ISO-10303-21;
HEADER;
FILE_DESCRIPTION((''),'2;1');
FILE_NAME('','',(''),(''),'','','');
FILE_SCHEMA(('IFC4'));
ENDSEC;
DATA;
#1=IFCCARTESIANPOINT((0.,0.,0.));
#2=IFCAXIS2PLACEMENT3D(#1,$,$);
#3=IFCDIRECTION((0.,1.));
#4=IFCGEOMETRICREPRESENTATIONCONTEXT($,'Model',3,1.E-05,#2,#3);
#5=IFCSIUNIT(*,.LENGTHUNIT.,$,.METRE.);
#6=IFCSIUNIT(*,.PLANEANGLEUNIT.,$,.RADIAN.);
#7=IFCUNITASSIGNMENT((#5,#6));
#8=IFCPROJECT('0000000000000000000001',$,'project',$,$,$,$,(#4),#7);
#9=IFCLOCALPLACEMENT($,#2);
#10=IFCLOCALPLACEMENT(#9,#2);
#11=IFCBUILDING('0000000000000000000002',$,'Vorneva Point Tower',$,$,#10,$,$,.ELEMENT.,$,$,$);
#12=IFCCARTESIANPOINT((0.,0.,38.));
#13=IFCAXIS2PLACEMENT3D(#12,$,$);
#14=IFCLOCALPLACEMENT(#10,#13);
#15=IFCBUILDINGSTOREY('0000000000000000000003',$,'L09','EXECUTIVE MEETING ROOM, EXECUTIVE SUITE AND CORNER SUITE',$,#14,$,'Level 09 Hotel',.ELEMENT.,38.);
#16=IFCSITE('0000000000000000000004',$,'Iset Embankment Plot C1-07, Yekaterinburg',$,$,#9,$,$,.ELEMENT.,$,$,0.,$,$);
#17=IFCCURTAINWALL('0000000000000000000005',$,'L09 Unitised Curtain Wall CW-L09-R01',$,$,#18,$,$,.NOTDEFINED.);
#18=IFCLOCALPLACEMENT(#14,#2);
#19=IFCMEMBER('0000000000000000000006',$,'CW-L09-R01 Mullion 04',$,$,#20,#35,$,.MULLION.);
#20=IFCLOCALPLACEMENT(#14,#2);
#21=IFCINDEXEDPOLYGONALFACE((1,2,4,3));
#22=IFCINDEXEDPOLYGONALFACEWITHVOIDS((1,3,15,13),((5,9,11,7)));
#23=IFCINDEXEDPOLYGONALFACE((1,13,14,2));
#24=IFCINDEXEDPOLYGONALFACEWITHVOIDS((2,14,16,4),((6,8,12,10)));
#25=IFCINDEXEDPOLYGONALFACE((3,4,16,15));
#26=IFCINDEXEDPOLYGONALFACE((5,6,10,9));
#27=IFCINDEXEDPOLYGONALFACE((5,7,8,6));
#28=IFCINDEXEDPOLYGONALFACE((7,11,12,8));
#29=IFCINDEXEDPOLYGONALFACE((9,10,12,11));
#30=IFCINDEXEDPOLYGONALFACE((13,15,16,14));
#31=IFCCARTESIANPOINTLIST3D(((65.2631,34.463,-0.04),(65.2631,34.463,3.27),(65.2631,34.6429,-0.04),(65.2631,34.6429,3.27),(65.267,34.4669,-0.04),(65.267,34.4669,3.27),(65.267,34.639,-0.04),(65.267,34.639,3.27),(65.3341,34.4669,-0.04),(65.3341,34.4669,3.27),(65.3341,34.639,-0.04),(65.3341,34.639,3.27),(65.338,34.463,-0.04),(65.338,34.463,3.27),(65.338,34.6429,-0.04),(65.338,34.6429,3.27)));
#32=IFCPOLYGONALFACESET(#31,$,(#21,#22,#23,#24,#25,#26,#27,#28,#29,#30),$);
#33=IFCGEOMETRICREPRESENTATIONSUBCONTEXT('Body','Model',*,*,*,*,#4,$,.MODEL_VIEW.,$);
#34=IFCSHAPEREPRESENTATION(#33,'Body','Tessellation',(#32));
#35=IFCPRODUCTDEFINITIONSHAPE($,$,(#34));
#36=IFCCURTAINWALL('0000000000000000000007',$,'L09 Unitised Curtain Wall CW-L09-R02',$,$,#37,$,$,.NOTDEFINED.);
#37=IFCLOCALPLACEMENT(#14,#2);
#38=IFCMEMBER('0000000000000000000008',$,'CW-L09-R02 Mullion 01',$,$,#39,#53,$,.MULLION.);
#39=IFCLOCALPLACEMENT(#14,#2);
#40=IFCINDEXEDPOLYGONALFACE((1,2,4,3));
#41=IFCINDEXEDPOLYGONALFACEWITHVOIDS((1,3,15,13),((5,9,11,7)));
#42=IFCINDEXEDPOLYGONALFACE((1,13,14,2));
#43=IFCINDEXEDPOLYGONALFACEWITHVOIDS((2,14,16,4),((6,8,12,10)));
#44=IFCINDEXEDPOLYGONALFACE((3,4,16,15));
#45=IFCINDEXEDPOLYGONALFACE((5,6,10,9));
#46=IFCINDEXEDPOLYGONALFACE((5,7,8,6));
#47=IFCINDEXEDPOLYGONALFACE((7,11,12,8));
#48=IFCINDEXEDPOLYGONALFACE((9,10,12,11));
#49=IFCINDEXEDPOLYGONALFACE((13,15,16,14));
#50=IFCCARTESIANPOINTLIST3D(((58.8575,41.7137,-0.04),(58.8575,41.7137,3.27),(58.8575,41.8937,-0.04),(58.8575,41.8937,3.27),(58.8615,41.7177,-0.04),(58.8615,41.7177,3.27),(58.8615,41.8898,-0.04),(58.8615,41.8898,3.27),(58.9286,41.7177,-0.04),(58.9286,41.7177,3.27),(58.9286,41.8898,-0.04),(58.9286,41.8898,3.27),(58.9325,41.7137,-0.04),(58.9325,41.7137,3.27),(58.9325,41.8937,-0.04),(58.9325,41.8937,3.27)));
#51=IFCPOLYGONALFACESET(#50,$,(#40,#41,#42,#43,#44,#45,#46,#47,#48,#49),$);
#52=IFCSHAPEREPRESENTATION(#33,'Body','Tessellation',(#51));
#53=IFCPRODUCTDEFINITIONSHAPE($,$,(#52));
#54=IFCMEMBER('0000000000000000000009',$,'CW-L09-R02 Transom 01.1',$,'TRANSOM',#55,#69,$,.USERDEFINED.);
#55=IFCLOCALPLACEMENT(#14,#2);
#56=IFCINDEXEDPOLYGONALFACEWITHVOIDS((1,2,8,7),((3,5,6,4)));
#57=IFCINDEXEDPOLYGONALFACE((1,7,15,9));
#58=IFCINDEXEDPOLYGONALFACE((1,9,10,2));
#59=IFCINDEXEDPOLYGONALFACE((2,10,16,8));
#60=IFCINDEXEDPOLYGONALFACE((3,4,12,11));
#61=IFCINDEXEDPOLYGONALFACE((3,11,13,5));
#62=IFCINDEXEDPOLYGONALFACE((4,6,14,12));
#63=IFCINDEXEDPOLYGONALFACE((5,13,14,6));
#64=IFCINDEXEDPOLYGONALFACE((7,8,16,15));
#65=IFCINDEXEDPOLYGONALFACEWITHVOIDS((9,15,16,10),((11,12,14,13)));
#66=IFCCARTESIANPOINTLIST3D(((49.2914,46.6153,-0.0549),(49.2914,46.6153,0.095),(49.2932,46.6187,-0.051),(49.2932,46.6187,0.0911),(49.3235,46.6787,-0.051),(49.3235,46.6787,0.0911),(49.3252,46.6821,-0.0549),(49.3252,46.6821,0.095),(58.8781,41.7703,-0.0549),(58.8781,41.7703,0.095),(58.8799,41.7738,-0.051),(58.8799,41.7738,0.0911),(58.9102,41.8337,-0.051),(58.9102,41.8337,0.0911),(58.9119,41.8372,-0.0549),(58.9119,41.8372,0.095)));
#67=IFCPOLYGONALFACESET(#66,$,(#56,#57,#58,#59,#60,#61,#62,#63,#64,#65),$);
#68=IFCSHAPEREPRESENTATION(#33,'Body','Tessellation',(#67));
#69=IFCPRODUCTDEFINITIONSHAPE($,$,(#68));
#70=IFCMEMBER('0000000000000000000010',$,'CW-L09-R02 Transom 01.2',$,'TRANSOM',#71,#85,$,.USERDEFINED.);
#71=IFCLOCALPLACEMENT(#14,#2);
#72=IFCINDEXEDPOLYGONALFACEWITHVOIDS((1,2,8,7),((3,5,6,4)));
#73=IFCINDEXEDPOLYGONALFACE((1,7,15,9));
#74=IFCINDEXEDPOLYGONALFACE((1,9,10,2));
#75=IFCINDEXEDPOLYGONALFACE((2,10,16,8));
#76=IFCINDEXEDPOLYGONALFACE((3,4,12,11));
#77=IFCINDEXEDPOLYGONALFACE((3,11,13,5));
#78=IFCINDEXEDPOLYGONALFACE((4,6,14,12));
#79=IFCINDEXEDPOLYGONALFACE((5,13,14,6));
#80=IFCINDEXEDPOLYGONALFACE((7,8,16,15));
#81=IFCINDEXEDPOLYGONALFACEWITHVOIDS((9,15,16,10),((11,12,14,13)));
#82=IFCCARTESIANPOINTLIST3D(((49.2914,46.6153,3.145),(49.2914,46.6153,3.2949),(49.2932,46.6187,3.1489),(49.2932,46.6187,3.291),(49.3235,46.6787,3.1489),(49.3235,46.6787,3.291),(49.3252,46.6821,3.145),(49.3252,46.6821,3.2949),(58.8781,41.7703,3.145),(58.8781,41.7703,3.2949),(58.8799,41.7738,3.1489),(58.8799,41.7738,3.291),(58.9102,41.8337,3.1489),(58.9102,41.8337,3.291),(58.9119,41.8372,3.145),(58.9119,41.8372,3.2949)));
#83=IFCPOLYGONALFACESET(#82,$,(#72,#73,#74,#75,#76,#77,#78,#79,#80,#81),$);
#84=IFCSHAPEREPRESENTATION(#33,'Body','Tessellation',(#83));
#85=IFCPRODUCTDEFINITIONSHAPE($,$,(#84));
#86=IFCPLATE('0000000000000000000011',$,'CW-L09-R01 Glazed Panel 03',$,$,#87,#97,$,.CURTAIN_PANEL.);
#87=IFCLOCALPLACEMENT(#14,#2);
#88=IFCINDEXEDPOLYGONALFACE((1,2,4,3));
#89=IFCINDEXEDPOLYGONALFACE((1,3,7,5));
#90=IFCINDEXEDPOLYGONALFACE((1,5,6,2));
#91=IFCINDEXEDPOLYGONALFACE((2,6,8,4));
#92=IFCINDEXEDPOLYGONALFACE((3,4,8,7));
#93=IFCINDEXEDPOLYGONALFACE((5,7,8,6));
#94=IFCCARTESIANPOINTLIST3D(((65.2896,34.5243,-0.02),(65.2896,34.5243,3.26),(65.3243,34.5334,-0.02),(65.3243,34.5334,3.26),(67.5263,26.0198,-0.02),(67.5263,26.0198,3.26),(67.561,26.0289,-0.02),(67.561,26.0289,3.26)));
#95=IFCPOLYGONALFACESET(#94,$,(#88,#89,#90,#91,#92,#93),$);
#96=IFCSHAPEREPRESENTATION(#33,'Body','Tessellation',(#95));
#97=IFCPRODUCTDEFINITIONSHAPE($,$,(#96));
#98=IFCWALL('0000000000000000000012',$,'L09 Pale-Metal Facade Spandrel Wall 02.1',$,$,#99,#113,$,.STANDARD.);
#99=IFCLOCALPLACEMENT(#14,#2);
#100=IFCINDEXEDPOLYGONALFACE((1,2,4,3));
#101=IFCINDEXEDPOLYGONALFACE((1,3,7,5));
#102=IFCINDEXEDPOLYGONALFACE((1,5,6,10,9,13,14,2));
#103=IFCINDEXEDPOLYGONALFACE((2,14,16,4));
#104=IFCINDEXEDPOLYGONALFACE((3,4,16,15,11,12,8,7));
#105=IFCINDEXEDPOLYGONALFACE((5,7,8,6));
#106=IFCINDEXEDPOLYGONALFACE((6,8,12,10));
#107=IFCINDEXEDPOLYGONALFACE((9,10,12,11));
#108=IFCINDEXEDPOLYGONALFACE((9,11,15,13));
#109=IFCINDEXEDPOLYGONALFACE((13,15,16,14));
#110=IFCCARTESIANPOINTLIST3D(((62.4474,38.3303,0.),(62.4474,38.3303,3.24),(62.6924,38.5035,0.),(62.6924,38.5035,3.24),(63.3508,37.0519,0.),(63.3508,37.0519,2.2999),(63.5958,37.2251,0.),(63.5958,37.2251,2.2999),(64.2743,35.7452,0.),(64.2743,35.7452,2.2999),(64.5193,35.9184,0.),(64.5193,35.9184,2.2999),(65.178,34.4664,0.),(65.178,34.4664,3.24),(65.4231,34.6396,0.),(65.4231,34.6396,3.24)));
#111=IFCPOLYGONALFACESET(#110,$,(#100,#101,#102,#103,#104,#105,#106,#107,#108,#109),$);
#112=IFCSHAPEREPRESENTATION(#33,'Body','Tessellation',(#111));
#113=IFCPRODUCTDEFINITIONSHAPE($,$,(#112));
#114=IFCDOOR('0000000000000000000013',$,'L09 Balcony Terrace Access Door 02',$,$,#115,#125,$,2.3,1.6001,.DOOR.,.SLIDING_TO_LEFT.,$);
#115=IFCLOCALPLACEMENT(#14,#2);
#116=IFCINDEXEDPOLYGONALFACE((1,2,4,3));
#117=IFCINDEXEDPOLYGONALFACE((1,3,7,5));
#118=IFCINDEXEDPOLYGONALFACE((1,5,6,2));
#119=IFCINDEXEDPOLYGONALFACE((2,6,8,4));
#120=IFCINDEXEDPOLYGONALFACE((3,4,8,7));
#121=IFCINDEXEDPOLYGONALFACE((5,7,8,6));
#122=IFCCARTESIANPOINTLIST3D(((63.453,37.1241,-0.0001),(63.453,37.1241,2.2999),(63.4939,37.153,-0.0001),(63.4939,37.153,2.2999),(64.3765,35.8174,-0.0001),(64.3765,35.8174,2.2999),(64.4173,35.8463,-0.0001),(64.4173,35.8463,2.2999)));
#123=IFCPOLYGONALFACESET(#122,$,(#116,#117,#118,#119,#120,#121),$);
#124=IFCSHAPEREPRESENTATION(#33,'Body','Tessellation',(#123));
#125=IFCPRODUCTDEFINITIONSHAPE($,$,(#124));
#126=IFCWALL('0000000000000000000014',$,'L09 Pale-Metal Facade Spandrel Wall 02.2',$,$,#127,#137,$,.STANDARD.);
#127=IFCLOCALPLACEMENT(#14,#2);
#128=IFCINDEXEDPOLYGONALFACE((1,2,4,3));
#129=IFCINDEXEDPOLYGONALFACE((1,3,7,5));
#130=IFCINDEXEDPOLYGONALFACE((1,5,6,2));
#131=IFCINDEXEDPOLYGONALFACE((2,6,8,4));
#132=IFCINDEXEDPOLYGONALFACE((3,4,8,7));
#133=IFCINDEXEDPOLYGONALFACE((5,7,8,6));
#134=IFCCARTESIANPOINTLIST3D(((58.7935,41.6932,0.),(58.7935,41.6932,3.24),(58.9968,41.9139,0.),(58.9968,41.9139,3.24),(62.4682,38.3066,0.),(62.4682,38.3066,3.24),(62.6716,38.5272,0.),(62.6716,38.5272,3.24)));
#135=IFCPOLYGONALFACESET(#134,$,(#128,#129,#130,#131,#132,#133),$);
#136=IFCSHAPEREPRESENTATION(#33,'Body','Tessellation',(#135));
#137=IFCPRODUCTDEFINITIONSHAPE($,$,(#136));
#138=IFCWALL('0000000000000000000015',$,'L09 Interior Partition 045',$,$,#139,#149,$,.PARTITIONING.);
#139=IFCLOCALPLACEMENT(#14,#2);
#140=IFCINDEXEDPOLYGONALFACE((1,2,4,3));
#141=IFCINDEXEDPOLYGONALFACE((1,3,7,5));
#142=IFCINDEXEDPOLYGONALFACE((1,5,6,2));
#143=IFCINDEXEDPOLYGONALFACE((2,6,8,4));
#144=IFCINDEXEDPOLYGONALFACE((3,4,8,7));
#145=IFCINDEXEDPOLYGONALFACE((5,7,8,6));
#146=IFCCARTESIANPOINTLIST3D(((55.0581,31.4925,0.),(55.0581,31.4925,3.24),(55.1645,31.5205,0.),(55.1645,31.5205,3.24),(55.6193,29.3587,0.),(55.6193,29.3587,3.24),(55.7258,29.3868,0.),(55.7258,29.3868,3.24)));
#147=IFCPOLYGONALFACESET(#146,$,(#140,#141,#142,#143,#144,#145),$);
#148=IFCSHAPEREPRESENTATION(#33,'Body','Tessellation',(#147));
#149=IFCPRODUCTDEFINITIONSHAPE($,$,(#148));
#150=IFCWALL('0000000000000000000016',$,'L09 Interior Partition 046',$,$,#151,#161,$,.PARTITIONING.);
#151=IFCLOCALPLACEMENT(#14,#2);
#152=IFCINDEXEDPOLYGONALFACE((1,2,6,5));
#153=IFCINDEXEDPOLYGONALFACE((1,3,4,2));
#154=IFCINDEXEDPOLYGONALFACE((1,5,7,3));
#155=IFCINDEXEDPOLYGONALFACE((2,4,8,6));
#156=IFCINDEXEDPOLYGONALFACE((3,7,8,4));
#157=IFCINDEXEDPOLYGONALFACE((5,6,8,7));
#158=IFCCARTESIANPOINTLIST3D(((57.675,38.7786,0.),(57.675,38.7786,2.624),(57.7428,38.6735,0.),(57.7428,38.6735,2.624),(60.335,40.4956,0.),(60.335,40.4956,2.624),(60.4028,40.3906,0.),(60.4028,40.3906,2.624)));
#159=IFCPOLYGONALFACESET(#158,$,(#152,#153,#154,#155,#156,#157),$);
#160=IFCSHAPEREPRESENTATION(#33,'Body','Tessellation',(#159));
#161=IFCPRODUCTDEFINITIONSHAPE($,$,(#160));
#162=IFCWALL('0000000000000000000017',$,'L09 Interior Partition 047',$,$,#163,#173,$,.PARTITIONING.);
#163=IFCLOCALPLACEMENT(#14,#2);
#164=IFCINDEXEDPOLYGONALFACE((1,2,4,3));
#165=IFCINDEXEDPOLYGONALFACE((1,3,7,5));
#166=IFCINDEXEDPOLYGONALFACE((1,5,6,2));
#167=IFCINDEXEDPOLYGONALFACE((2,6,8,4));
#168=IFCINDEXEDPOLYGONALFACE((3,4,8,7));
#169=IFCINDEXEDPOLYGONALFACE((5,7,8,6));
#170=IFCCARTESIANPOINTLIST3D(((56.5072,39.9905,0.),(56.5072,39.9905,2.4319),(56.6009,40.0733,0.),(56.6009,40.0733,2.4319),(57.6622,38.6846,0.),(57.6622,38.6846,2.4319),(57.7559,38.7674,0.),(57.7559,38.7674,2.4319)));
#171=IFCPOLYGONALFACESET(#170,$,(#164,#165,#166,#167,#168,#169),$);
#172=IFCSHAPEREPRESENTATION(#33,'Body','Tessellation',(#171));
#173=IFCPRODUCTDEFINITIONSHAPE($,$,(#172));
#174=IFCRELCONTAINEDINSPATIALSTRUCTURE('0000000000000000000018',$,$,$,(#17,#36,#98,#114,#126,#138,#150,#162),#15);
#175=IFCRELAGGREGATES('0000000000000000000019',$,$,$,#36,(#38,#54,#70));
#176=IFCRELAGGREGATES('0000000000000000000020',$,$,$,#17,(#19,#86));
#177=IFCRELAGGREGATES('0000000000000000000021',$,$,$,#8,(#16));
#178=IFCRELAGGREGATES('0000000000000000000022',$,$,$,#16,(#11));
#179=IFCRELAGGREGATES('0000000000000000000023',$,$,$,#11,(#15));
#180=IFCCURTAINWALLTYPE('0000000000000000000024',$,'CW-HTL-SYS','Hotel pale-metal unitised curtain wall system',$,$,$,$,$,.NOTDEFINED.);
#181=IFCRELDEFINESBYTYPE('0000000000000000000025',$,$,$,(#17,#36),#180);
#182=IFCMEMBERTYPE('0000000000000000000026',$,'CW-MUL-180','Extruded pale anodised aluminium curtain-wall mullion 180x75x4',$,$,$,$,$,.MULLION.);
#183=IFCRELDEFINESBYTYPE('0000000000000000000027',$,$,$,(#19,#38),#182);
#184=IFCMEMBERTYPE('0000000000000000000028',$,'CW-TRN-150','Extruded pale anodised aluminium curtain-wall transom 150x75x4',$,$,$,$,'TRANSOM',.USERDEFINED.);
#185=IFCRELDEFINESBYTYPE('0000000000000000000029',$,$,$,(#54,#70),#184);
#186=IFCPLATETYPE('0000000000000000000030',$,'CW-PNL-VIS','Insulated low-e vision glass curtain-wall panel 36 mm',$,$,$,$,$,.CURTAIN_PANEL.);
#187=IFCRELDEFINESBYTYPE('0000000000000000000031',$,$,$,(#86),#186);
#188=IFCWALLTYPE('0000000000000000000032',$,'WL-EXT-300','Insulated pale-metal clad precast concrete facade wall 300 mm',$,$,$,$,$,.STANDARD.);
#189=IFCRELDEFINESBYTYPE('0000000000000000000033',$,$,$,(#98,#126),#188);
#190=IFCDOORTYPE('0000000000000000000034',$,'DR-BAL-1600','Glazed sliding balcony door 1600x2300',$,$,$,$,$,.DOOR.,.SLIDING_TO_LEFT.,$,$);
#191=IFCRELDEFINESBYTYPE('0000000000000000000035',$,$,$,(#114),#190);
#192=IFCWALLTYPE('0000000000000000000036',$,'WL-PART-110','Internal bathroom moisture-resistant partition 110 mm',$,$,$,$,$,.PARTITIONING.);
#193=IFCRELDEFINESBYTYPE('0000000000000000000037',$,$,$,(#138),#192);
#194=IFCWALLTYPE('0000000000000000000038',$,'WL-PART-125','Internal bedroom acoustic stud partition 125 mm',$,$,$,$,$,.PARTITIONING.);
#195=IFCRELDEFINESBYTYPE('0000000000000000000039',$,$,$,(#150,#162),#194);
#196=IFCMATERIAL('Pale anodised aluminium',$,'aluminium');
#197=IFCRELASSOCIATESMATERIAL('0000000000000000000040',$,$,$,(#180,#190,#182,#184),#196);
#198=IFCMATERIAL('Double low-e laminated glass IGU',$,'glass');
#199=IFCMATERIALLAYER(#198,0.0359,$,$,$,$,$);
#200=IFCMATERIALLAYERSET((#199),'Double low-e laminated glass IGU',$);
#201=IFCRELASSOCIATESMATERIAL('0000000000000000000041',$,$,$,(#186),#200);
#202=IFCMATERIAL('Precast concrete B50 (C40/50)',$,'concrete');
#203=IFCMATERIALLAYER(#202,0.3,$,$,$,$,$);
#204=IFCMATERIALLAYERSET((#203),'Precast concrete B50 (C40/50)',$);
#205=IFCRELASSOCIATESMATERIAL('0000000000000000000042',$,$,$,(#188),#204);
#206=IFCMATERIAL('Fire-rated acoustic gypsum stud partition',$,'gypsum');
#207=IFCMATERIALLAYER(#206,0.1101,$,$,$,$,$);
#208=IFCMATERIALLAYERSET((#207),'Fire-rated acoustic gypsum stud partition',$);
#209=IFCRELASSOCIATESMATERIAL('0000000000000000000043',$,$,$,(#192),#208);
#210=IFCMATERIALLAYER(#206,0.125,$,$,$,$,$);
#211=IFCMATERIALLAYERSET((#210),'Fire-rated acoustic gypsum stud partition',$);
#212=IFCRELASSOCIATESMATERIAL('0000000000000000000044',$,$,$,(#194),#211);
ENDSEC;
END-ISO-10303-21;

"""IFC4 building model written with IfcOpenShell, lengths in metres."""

from ifc_helpers import new_model, si_unit, direction, frame, frame_2d, origin, origin_2d, place, context, subcontext, project, spatial, rectangle, hollow_rectangle, extrude, material, layer, layer_set, material_profile, profile_set, type_object, element, fill, aggregate, save


model = new_model("IFC4")

# Units and contexts
model_context = context("Model", 3, precision=1e-05, world=origin(), true_north=direction((0.0, 1.0)))
body_context = subcontext(model_context, "Body", "Model", "MODEL_VIEW")
ifc_project = project(units=[si_unit("LENGTHUNIT", "METRE"), si_unit("PLANEANGLEUNIT", "RADIAN")], contexts=[model_context])

# Site, building, storey
site_placement = place(None, origin())
site = spatial("IfcSite", under=ifc_project, at=site_placement, Name="Iset Embankment Plot C1-07, Yekaterinburg", CompositionType="ELEMENT", RefElevation=0.0)
building_placement = place(site_placement, origin())
building = spatial("IfcBuilding", under=site, at=building_placement, Name="Vorneva Point Tower", CompositionType="ELEMENT")
storey_placement = place(building_placement, frame((0.0, 0.0, 38.0)))
storey = spatial("IfcBuildingStorey", under=building, at=storey_placement, Name="L09", Description="EXECUTIVE MEETING ROOM, EXECUTIVE SUITE AND CORNER SUITE", LongName="Level 09 Hotel", CompositionType="ELEMENT", Elevation=38.0)

# Curtain wall, member
ifc_material_1 = material(Name="Pale anodised aluminium", Category="aluminium")
curtain_wall_type = type_object("IfcCurtainWallType", Name="CW-HTL-SYS", Description="Hotel pale-metal unitised curtain wall system", PredefinedType="NOTDEFINED", material=ifc_material_1)
curtain_wall_1_placement = place(storey_placement, origin())
curtain_wall_1 = element("IfcCurtainWall", 1, at=curtain_wall_1_placement, inside=storey, type_object=curtain_wall_type, Name="L09 Unitised Curtain Wall CW-L09-R01", PredefinedType="NOTDEFINED")
ifc_material_profile_1 = material_profile(ifc_material_1, hollow_rectangle(XDim=0.075, YDim=0.1799, WallThickness=0.0039, at=origin_2d()), Name="AL-MUL 180x75x4")
ifc_profile_set_1 = profile_set([ifc_material_profile_1], Name="Pale anodised aluminium")
member_type_1 = type_object("IfcMemberType", Name="CW-MUL-180", Description="Extruded pale anodised aluminium curtain-wall mullion 180x75x4", PredefinedType="MULLION", material=ifc_profile_set_1)
member_1_placement = place(storey_placement, frame((65.3005, 34.553, -0.04), z_axis=(0.0, 0.0, 1.0), x_axis=(1.0, 0.0, 0.0)))
member_1 = element("IfcMember", 2, at=member_1_placement, type_object=member_type_1, Name="CW-L09-R01 Mullion 04", PredefinedType="MULLION", context=body_context, shape_type="SweptSolid", body=[
    extrude(hollow_rectangle(XDim=0.075, YDim=0.1799, WallThickness=0.0039, at=origin_2d()), origin(), (0.0, 0.0, 1.0), 3.3101),
])

# Curtain wall, members
curtain_wall_2_placement = place(storey_placement, origin())
curtain_wall_2 = element("IfcCurtainWall", 3, at=curtain_wall_2_placement, inside=storey, type_object=curtain_wall_type, Name="L09 Unitised Curtain Wall CW-L09-R02", PredefinedType="NOTDEFINED")
member_2_placement = place(storey_placement, frame((58.895, 41.8037, -0.04), z_axis=(0.0, 0.0, 1.0), x_axis=(1.0, 0.0, 0.0)))
member_2 = element("IfcMember", 4, at=member_2_placement, type_object=member_type_1, Name="CW-L09-R02 Mullion 01", PredefinedType="MULLION", context=body_context, shape_type="SweptSolid", body=[
    extrude(hollow_rectangle(XDim=0.075, YDim=0.1799, WallThickness=0.0039, at=origin_2d()), origin(), (0.0, 0.0, 1.0), 3.3101),
])
ifc_material_profile_2 = material_profile(ifc_material_1, hollow_rectangle(XDim=0.075, YDim=0.1499, WallThickness=0.0039, at=origin_2d()), Name="AL-TRN 150x75x4")
ifc_profile_set_2 = profile_set([ifc_material_profile_2], Name="Pale anodised aluminium")
member_type_2 = type_object("IfcMemberType", Name="CW-TRN-150", Description="Extruded pale anodised aluminium curtain-wall transom 150x75x4", ElementType="TRANSOM", PredefinedType="USERDEFINED", material=ifc_profile_set_2)
member_3_placement = place(storey_placement, frame((58.895, 41.8037, 0.02), z_axis=(-0.892496, 0.451055, 0.0), x_axis=(-0.451055, -0.892496, 0.0)))
member_3 = element("IfcMember", 5, at=member_3_placement, type_object=member_type_2, Name="CW-L09-R02 Transom 01.1", ObjectType="TRANSOM", PredefinedType="USERDEFINED", context=body_context, shape_type="SweptSolid", body=[
    extrude(hollow_rectangle(XDim=0.075, YDim=0.1499, WallThickness=0.0039, at=origin_2d()), origin(), (0.0, 0.0, 1.0), 10.7415),
])
member_4_placement = place(storey_placement, frame((58.895, 41.8037, 3.22), z_axis=(-0.892496, 0.451055, 0.0), x_axis=(-0.451055, -0.892496, 0.0)))
member_4 = element("IfcMember", 6, at=member_4_placement, type_object=member_type_2, Name="CW-L09-R02 Transom 01.2", ObjectType="TRANSOM", PredefinedType="USERDEFINED", context=body_context, shape_type="SweptSolid", body=[
    extrude(hollow_rectangle(XDim=0.075, YDim=0.1499, WallThickness=0.0039, at=origin_2d()), origin(), (0.0, 0.0, 1.0), 10.7415),
])
aggregate(curtain_wall_2, [member_2, member_3, member_4])

# Plate
ifc_material_2 = material(Name="Double low-e laminated glass IGU", Category="glass")
ifc_layer_1 = layer(ifc_material_2, 0.0359)
ifc_layer_set_1 = layer_set([ifc_layer_1], Name="Double low-e laminated glass IGU")
plate_type = type_object("IfcPlateType", Name="CW-PNL-VIS", Description="Insulated low-e vision glass curtain-wall panel 36 mm", PredefinedType="CURTAIN_PANEL", material=ifc_layer_set_1)
plate_placement = place(storey_placement, frame((66.4253, 30.2766, -0.02), z_axis=(0.0, 0.0, 1.0), x_axis=(-0.254349, 0.967113, 0.0)))
plate = element("IfcPlate", 7, at=plate_placement, type_object=plate_type, Name="CW-L09-R01 Glazed Panel 03", PredefinedType="CURTAIN_PANEL", context=body_context, shape_type="SweptSolid", body=[
    extrude(rectangle(XDim=8.7937, YDim=0.0359, at=origin_2d()), origin(), (0.0, 0.0, 1.0), 3.28),
])
aggregate(curtain_wall_1, [member_1, plate])

# Wall, opening, door
ifc_material_3 = material(Name="Precast concrete B50 (C40/50)", Category="concrete")
ifc_layer_2 = layer(ifc_material_3, 0.3)
ifc_layer_set_2 = layer_set([ifc_layer_2], Name="Precast concrete B50 (C40/50)")
wall_type_1 = type_object("IfcWallType", Name="WL-EXT-300", Description="Insulated pale-metal clad precast concrete facade wall 300 mm", PredefinedType="STANDARD", material=ifc_layer_set_2)
wall_1_placement = place(storey_placement, frame((65.3005, 34.553, 0.0), z_axis=(0.0, 0.0, 1.0), x_axis=(-0.577131, 0.816652, 0.0)))
wall_1 = element("IfcWall", 8, at=wall_1_placement, inside=storey, type_object=wall_type_1, Name="L09 Pale-Metal Facade Spandrel Wall 02.1", PredefinedType="STANDARD", context=body_context, shape_type="SweptSolid", body=[
    extrude(rectangle(XDim=4.7314, YDim=0.3, at=frame_2d((2.3657, 0.0))), origin(), (0.0, 0.0, 1.0), 3.24),
])
opening_1_placement = place(wall_1_placement, frame((1.5659, 0.0, 0.0)))
opening_1 = element("IfcOpeningElement", 9, at=opening_1_placement, cuts=wall_1, PredefinedType="OPENING", context=body_context, shape_type="SweptSolid", body=[
    extrude(rectangle(XDim=1.6001, YDim=2.3, at=frame_2d((0.8, 1.1499))), frame((0.0, 0.165, 0.0), z_axis=(0.0, -1.0, 0.0), x_axis=(1.0, 0.0, 0.0)), (0.0, 0.0, 1.0), 0.3298),
])
door_type_1 = type_object("IfcDoorType", Name="DR-BAL-1600", Description="Glazed sliding balcony door 1600x2300", OperationType="SLIDING_TO_LEFT", PredefinedType="DOOR", material=ifc_material_1)
door_1_placement = place(opening_1_placement, origin())
door_1 = element("IfcDoor", 10, at=door_1_placement, inside=storey, type_object=door_type_1, Name="L09 Balcony Terrace Access Door 02", OperationType="SLIDING_TO_LEFT", OverallHeight=2.3, OverallWidth=1.6001, PredefinedType="DOOR", context=body_context, shape_type="SweptSolid", body=[
    extrude(rectangle(XDim=1.6001, YDim=2.3, at=frame_2d((0.8, 1.1499))), frame((0.0, 0.0249, 0.0), z_axis=(0.0, -1.0, 0.0), x_axis=(1.0, 0.0, 0.0)), (0.0, 0.0, 1.0), 0.05),
])
fill(opening_1, door_1)

# Walls
wall_2_placement = place(storey_placement, frame((62.5698, 38.417, 0.0), z_axis=(0.0, 0.0, 1.0), x_axis=(-0.735343, 0.677696, 0.0)))
element("IfcWall", 11, at=wall_2_placement, inside=storey, type_object=wall_type_1, Name="L09 Pale-Metal Facade Spandrel Wall 02.2", PredefinedType="STANDARD", context=body_context, shape_type="SweptSolid", body=[
    extrude(rectangle(XDim=4.9973, YDim=0.3, at=frame_2d((2.4985, 0.0))), origin(), (0.0, 0.0, 1.0), 3.24),
])
ifc_material_4 = material(Name="Fire-rated acoustic gypsum stud partition", Category="gypsum")
ifc_layer_3 = layer(ifc_material_4, 0.1101)
ifc_layer_set_3 = layer_set([ifc_layer_3], Name="Fire-rated acoustic gypsum stud partition")
wall_type_2 = type_object("IfcWallType", Name="WL-PART-110", Description="Internal bathroom moisture-resistant partition 110 mm", PredefinedType="PARTITIONING", material=ifc_layer_set_3)
wall_3_placement = place(storey_placement, frame((55.1113, 31.5063, 0.0), z_axis=(0.0, 0.0, 1.0), x_axis=(0.25439, -0.967102, 0.0)))
element("IfcWall", 12, at=wall_3_placement, inside=storey, type_object=wall_type_2, Name="L09 Interior Partition 045", PredefinedType="PARTITIONING", context=body_context, shape_type="SweptSolid", body=[
    extrude(rectangle(XDim=2.2063, YDim=0.1101, at=frame_2d((1.103, 0.0))), origin(), (0.0, 0.0, 1.0), 3.24),
])
ifc_layer_4 = layer(ifc_material_4, 0.125)
ifc_layer_set_4 = layer_set([ifc_layer_4], Name="Fire-rated acoustic gypsum stud partition")
wall_type_3 = type_object("IfcWallType", Name="WL-PART-125", Description="Internal bedroom acoustic stud partition 125 mm", PredefinedType="PARTITIONING", material=ifc_layer_set_4)
wall_4_placement = place(storey_placement, frame((60.3689, 40.4431, 0.0), z_axis=(0.0, 0.0, 1.0), x_axis=(-0.840157, -0.542343, 0.0)))
element("IfcWall", 13, at=wall_4_placement, inside=storey, type_object=wall_type_3, Name="L09 Interior Partition 046", PredefinedType="PARTITIONING", context=body_context, shape_type="SweptSolid", body=[
    extrude(rectangle(XDim=3.166, YDim=0.125, at=frame_2d((1.583, 0.0))), origin(), (0.0, 0.0, 1.0), 2.624),
])
wall_5_placement = place(storey_placement, frame((57.709, 38.7261, 0.0), z_axis=(0.0, 0.0, 1.0), x_axis=(-0.66251, 0.749053, 0.0)))
element("IfcWall", 14, at=wall_5_placement, inside=storey, type_object=wall_type_3, Name="L09 Interior Partition 047", PredefinedType="PARTITIONING", context=body_context, shape_type="SweptSolid", body=[
    extrude(rectangle(XDim=1.7434, YDim=0.125, at=frame_2d((0.8716, 0.0))), origin(), (0.0, 0.0, 1.0), 2.4319),
])

save(model, "model.ifc")
